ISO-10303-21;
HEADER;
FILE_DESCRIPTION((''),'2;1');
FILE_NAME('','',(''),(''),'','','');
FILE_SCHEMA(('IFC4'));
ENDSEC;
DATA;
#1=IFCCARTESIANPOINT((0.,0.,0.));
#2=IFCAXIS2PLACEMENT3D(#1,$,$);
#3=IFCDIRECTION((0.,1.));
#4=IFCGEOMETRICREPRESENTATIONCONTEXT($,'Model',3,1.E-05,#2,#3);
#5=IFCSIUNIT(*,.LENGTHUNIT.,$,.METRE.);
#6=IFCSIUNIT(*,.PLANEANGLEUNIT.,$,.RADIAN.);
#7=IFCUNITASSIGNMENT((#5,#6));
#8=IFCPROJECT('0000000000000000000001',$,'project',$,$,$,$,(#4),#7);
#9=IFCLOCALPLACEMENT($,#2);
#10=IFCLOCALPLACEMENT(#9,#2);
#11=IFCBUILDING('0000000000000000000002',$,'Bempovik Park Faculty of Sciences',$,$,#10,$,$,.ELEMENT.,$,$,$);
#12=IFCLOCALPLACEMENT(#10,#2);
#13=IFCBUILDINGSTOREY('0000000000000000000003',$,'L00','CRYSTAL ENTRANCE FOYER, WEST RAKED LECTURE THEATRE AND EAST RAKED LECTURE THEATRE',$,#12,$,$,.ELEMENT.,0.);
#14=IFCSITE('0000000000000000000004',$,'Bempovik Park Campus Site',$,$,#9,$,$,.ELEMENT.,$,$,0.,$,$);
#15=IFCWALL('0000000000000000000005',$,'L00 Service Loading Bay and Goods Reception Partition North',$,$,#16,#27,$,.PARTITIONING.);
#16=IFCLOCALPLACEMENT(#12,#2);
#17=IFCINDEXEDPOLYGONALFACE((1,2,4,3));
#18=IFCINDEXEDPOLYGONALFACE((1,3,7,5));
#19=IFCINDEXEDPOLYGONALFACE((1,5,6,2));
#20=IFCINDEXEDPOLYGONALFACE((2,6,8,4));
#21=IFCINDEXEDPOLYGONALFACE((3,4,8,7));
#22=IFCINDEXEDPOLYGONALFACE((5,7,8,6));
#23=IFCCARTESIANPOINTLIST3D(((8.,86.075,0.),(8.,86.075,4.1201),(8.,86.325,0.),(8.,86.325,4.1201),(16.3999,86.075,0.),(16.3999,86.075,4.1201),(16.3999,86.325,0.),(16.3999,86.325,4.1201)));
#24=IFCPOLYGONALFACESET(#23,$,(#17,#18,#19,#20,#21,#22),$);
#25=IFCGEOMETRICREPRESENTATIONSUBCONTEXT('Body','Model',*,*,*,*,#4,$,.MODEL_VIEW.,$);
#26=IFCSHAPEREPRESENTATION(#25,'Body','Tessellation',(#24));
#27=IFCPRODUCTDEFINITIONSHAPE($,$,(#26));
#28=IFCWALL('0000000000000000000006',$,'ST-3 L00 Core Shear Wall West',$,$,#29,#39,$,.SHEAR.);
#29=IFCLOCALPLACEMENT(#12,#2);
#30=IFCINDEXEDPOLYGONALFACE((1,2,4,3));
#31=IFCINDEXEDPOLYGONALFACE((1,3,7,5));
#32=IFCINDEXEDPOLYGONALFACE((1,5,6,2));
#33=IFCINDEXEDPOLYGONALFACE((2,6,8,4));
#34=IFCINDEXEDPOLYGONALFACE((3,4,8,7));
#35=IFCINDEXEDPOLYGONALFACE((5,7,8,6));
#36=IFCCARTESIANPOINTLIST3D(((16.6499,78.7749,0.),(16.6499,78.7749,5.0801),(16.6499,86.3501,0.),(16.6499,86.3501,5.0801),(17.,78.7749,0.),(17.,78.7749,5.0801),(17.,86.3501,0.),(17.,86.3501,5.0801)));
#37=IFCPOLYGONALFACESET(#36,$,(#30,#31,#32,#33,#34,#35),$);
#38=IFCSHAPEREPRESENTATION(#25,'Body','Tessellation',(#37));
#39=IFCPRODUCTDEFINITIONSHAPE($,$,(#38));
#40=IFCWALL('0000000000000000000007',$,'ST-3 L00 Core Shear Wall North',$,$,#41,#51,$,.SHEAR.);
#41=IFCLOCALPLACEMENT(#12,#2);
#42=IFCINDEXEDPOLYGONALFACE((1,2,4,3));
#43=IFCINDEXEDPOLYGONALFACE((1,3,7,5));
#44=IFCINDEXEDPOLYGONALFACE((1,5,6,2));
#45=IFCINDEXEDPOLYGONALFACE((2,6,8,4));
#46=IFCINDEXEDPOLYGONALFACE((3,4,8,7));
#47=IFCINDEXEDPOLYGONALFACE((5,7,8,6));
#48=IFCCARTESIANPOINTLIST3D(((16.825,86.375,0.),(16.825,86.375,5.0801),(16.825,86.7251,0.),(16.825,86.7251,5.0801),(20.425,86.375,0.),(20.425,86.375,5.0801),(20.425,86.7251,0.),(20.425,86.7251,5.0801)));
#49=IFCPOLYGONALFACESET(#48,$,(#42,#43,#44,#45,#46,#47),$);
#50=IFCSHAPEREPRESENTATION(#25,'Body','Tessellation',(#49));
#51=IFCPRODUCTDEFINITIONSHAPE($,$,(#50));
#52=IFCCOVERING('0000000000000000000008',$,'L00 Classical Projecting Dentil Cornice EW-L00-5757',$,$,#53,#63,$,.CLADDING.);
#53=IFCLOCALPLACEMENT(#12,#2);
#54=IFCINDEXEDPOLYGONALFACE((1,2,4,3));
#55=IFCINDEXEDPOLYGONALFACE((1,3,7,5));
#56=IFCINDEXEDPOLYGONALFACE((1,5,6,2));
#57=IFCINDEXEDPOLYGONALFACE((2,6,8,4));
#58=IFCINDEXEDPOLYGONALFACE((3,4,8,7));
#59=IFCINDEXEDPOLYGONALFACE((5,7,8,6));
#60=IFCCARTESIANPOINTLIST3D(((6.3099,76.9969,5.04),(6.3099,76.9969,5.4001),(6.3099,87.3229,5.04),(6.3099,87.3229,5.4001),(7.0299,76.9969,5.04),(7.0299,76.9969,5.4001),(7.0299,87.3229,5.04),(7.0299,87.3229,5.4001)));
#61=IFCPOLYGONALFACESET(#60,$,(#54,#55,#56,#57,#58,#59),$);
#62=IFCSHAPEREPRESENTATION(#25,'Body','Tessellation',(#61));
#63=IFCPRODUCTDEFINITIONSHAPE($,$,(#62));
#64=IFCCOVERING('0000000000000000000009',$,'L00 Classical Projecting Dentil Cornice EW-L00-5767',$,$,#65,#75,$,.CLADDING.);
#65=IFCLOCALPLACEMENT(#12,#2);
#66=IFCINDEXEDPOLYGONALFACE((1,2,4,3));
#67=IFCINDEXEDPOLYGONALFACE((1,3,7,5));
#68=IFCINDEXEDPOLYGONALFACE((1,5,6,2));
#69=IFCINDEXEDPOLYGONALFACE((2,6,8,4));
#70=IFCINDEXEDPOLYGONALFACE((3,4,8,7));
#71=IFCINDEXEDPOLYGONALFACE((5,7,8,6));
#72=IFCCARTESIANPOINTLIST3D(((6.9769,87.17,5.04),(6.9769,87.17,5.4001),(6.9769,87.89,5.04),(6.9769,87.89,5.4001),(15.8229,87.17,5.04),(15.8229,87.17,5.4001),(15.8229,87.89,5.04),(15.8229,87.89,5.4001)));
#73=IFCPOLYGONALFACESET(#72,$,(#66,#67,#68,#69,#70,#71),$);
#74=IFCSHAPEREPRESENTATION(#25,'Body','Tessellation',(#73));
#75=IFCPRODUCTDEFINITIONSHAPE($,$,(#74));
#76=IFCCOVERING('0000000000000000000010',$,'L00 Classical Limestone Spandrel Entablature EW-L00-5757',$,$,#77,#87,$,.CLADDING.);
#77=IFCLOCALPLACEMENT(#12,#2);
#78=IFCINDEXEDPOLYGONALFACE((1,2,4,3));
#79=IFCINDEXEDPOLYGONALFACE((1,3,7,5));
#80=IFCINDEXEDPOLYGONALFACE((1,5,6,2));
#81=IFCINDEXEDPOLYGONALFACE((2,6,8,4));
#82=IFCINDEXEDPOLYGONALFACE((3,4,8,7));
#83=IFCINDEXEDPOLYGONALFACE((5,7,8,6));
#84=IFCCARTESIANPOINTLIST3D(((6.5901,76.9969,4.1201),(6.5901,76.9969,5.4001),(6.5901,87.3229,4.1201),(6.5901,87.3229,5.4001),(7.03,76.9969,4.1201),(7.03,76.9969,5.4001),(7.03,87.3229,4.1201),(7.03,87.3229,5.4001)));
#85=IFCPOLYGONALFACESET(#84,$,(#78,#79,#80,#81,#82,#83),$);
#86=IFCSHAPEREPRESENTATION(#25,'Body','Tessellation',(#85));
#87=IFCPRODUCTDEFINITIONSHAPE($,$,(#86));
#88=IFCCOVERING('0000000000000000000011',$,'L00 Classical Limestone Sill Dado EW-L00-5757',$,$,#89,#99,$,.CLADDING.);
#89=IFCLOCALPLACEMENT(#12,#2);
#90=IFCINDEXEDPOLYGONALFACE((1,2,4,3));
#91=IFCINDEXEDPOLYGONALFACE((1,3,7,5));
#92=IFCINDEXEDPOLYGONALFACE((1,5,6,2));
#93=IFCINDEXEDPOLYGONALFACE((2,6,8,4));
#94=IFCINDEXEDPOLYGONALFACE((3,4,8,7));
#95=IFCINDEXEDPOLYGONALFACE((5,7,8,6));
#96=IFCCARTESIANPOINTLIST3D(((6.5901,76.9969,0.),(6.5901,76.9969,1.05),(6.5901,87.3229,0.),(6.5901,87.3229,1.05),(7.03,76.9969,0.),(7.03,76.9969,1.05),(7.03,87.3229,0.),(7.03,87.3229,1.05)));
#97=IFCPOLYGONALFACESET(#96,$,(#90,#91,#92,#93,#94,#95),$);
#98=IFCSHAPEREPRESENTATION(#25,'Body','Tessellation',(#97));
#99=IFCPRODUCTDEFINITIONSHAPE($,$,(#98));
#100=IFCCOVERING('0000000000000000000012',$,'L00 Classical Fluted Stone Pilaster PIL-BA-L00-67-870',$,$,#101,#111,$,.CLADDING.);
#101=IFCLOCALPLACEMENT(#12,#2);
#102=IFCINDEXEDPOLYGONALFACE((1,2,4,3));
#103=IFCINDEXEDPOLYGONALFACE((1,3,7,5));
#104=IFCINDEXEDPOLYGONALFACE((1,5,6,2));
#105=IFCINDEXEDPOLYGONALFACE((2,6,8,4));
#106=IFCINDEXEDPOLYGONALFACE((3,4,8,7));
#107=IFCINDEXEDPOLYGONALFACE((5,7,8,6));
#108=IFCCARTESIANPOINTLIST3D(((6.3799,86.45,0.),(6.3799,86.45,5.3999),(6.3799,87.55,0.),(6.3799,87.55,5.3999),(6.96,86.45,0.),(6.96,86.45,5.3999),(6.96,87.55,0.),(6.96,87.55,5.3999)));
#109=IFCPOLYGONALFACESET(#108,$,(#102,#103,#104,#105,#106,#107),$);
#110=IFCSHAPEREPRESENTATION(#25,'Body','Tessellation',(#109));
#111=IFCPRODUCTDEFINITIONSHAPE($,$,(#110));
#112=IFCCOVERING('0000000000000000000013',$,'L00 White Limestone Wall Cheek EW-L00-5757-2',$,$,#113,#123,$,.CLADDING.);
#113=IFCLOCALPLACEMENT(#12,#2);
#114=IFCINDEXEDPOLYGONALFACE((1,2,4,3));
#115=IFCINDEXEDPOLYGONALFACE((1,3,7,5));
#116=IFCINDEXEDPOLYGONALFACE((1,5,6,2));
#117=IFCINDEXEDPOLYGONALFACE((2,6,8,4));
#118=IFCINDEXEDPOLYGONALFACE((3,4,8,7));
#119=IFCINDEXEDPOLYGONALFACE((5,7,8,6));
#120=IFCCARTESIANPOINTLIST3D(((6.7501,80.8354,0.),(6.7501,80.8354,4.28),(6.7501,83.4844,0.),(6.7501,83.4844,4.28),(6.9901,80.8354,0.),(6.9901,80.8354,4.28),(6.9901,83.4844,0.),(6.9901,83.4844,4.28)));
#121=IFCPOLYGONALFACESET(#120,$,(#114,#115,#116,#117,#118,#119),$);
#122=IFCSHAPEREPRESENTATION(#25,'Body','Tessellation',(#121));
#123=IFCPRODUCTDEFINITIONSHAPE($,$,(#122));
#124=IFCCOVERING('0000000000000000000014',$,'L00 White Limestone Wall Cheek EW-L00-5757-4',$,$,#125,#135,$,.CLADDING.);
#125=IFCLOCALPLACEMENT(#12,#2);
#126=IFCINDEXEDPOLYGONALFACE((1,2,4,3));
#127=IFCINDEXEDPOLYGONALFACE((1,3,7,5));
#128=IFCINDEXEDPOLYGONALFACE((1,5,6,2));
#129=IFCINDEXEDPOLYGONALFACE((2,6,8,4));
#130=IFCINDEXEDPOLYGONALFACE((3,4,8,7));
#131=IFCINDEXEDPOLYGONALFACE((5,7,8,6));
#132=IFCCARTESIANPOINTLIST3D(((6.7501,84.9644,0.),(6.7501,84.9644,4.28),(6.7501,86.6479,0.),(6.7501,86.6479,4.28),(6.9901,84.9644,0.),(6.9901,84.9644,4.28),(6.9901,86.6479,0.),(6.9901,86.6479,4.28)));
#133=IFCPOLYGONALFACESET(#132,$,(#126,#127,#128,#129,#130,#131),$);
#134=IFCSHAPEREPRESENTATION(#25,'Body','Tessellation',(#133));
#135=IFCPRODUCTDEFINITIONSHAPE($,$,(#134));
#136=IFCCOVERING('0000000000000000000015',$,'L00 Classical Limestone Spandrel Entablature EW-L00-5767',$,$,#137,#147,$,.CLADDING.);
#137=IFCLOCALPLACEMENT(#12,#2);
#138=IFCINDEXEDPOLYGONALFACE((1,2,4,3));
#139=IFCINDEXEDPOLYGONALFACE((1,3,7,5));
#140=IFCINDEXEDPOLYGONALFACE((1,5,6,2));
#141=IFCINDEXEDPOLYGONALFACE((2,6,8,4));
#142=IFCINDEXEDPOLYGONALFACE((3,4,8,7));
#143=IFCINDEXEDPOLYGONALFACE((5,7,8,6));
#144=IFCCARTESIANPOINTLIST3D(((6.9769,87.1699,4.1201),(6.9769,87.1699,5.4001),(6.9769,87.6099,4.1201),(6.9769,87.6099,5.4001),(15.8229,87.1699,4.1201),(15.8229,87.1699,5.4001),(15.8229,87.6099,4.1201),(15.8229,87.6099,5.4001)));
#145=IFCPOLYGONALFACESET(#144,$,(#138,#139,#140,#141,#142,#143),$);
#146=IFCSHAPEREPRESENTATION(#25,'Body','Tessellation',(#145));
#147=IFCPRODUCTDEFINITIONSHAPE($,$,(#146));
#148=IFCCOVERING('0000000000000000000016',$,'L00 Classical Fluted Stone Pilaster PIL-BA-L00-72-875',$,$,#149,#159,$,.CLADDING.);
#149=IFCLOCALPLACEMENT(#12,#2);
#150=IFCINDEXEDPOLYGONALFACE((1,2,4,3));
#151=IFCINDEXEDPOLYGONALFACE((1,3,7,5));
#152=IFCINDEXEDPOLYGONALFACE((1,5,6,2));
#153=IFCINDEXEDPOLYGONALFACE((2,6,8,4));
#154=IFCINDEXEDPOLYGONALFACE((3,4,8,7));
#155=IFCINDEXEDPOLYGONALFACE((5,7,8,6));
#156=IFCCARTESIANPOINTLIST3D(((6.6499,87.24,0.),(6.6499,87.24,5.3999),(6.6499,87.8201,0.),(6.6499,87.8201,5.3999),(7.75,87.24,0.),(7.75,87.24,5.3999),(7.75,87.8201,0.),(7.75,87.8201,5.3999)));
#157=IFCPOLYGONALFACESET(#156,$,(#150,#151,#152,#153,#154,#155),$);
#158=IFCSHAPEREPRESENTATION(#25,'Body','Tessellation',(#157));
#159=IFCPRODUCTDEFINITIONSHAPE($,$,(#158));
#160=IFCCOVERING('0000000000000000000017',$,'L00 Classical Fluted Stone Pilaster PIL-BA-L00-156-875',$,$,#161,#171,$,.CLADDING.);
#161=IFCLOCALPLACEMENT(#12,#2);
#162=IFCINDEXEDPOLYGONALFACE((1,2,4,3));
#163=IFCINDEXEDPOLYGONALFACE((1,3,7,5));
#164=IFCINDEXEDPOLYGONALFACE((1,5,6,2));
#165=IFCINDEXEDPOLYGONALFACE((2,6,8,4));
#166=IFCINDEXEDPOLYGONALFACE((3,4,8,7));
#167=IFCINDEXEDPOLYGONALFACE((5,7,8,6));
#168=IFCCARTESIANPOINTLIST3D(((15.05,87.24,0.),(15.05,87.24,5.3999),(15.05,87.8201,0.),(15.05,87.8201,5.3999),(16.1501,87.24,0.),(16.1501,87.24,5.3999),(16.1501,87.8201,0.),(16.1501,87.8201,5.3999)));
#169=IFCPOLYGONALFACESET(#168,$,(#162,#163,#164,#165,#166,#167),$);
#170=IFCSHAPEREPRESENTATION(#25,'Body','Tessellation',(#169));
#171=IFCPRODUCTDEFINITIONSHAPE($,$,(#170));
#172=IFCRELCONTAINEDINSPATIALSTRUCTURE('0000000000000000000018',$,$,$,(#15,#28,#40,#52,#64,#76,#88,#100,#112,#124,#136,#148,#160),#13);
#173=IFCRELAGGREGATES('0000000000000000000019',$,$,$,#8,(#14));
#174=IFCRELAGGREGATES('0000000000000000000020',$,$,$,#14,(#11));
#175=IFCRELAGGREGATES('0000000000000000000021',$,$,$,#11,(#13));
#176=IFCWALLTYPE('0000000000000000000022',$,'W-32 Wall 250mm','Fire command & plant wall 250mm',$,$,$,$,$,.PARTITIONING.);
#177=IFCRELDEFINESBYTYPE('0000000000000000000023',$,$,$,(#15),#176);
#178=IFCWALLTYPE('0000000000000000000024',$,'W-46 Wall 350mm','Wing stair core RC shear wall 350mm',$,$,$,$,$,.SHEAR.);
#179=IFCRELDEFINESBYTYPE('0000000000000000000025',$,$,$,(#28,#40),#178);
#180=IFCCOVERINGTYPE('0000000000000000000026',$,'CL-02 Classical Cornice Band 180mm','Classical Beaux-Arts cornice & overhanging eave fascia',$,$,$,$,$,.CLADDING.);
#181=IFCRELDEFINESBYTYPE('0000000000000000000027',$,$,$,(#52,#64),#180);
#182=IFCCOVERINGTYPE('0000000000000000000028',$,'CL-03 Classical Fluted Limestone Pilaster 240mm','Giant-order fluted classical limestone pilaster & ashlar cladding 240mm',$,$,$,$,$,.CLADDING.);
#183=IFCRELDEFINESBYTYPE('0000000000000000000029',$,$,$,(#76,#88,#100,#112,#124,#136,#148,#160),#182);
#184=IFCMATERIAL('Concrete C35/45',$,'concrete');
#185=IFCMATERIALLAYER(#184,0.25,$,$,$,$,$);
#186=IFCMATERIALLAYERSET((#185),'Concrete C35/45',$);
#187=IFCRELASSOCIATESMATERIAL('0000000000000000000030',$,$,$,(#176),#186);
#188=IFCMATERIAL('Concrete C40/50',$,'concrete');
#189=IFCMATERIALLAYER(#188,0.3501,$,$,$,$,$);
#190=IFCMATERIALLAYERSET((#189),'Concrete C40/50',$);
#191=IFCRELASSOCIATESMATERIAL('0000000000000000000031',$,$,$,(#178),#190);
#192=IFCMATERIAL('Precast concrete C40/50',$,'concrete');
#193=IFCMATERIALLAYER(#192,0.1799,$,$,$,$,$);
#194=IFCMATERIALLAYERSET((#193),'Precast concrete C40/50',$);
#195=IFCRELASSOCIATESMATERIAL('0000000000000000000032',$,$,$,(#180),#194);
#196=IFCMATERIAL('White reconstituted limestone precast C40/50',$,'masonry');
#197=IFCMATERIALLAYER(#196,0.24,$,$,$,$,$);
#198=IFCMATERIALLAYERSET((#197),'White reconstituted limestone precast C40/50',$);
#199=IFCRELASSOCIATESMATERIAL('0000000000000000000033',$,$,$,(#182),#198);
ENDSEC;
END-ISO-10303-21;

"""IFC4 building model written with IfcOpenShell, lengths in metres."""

from ifc_helpers import new_model, si_unit, direction, frame, frame_2d, origin, origin_2d, place, context, subcontext, project, spatial, rectangle, extrude, material, layer, layer_set, type_object, element, save


model = new_model("IFC4")

# Units and contexts
model_context = context("Model", 3, precision=1e-05, world=origin(), true_north=direction((0.0, 1.0)))
body_context = subcontext(model_context, "Body", "Model", "MODEL_VIEW")
ifc_project = project(units=[si_unit("LENGTHUNIT", "METRE"), si_unit("PLANEANGLEUNIT", "RADIAN")], contexts=[model_context])

# Site, building, storey
site_placement = place(None, origin())
site = spatial("IfcSite", under=ifc_project, at=site_placement, Name="Bempovik Park Campus Site", CompositionType="ELEMENT", RefElevation=0.0)
building_placement = place(site_placement, origin())
building = spatial("IfcBuilding", under=site, at=building_placement, Name="Bempovik Park Faculty of Sciences", CompositionType="ELEMENT")
storey_placement = place(building_placement, origin())
storey = spatial("IfcBuildingStorey", under=building, at=storey_placement, Name="L00", Description="CRYSTAL ENTRANCE FOYER, WEST RAKED LECTURE THEATRE AND EAST RAKED LECTURE THEATRE", CompositionType="ELEMENT", Elevation=0.0)

# Shared definitions
ifc_material_1 = material(Name="Concrete C35/45", Category="concrete")

# Shared definitions
ifc_material_2 = material(Name="Concrete C40/50", Category="concrete")

# Shared definitions
ifc_material_3 = material(Name="Precast concrete C40/50", Category="concrete")

# Walls
ifc_layer_1 = layer(ifc_material_1, 0.25)
ifc_layer_set_1 = layer_set([ifc_layer_1], Name="Concrete C35/45")
wall_type_1 = type_object("IfcWallType", Name="W-32 Wall 250mm", Description="Fire command & plant wall 250mm", PredefinedType="PARTITIONING", material=ifc_layer_set_1)
wall_1_placement = place(storey_placement, frame((8.0, 86.2, 0.0), z_axis=(0.0, 0.0, 1.0), x_axis=(1.0, 0.0, 0.0)))
element("IfcWall", 1, at=wall_1_placement, inside=storey, type_object=wall_type_1, Name="L00 Service Loading Bay and Goods Reception Partition North", PredefinedType="PARTITIONING", context=body_context, shape_type="SweptSolid", body=[
    extrude(rectangle(XDim=8.3999, YDim=0.25, at=frame_2d((4.2, 0.0))), origin(), (0.0, 0.0, 1.0), 4.1201),
])
ifc_layer_2 = layer(ifc_material_2, 0.3501)
ifc_layer_set_2 = layer_set([ifc_layer_2], Name="Concrete C40/50")
wall_type_2 = type_object("IfcWallType", Name="W-46 Wall 350mm", Description="Wing stair core RC shear wall 350mm", PredefinedType="SHEAR", material=ifc_layer_set_2)
wall_2_placement = place(storey_placement, frame((16.825, 78.7749, 0.0), z_axis=(0.0, 0.0, 1.0), x_axis=(0.0, 1.0, 0.0)))
element("IfcWall", 2, at=wall_2_placement, inside=storey, type_object=wall_type_2, Name="ST-3 L00 Core Shear Wall West", PredefinedType="SHEAR", context=body_context, shape_type="SweptSolid", body=[
    extrude(rectangle(XDim=7.5752, YDim=0.3501, at=frame_2d((3.7876, 0.0))), origin(), (0.0, 0.0, 1.0), 5.0801),
])
wall_3_placement = place(storey_placement, frame((16.825, 86.55, 0.0), z_axis=(0.0, 0.0, 1.0), x_axis=(1.0, 0.0, 0.0)))
element("IfcWall", 3, at=wall_3_placement, inside=storey, type_object=wall_type_2, Name="ST-3 L00 Core Shear Wall North", PredefinedType="SHEAR", context=body_context, shape_type="SweptSolid", body=[
    extrude(rectangle(XDim=3.6001, YDim=0.3501, at=frame_2d((1.8, 0.0))), origin(), (0.0, 0.0, 1.0), 5.0801),
])

# Coverings
ifc_layer_3 = layer(ifc_material_3, 0.1799)
ifc_layer_set_3 = layer_set([ifc_layer_3], Name="Precast concrete C40/50")
covering_type_1 = type_object("IfcCoveringType", Name="CL-02 Classical Cornice Band 180mm", Description="Classical Beaux-Arts cornice & overhanging eave fascia", PredefinedType="CLADDING", material=ifc_layer_set_3)
covering_1_placement = place(storey_placement, frame((6.6699, 82.1599, 5.04), z_axis=(0.0, 0.0, 1.0), x_axis=(1.0, 0.0, 0.0)))
element("IfcCovering", 4, at=covering_1_placement, inside=storey, type_object=covering_type_1, Name="L00 Classical Projecting Dentil Cornice EW-L00-5757", PredefinedType="CLADDING", context=body_context, shape_type="SweptSolid", body=[
    extrude(rectangle(XDim=0.72, YDim=10.3259, at=origin_2d()), origin(), (0.0, 0.0, 1.0), 0.3601),
])
covering_2_placement = place(storey_placement, frame((11.3999, 87.53, 5.04), z_axis=(0.0, 0.0, 1.0), x_axis=(1.0, 0.0, 0.0)))
element("IfcCovering", 5, at=covering_2_placement, inside=storey, type_object=covering_type_1, Name="L00 Classical Projecting Dentil Cornice EW-L00-5767", PredefinedType="CLADDING", context=body_context, shape_type="SweptSolid", body=[
    extrude(rectangle(XDim=8.8459, YDim=0.72, at=origin_2d()), origin(), (0.0, 0.0, 1.0), 0.3601),
])
ifc_material_4 = material(Name="White reconstituted limestone precast C40/50", Category="masonry")
ifc_layer_4 = layer(ifc_material_4, 0.24)
ifc_layer_set_4 = layer_set([ifc_layer_4], Name="White reconstituted limestone precast C40/50")
covering_type_2 = type_object("IfcCoveringType", Name="CL-03 Classical Fluted Limestone Pilaster 240mm", Description="Giant-order fluted classical limestone pilaster & ashlar cladding 240mm", PredefinedType="CLADDING", material=ifc_layer_set_4)
covering_3_placement = place(storey_placement, frame((6.8101, 82.1599, 4.1201), z_axis=(0.0, 0.0, 1.0), x_axis=(1.0, 0.0, 0.0)))
element("IfcCovering", 6, at=covering_3_placement, inside=storey, type_object=covering_type_2, Name="L00 Classical Limestone Spandrel Entablature EW-L00-5757", PredefinedType="CLADDING", context=body_context, shape_type="SweptSolid", body=[
    extrude(rectangle(XDim=0.4399, YDim=10.3259, at=origin_2d()), origin(), (0.0, 0.0, 1.0), 1.28),
])
covering_4_placement = place(storey_placement, frame((6.8101, 82.1599, 0.0), z_axis=(0.0, 0.0, 1.0), x_axis=(1.0, 0.0, 0.0)))
element("IfcCovering", 7, at=covering_4_placement, inside=storey, type_object=covering_type_2, Name="L00 Classical Limestone Sill Dado EW-L00-5757", PredefinedType="CLADDING", context=body_context, shape_type="SweptSolid", body=[
    extrude(rectangle(XDim=0.4399, YDim=10.3259, at=origin_2d()), origin(), (0.0, 0.0, 1.0), 1.05),
])
covering_5_placement = place(storey_placement, frame((6.6699, 87.0, 0.0), z_axis=(0.0, 0.0, 1.0), x_axis=(1.0, 0.0, 0.0)))
element("IfcCovering", 8, at=covering_5_placement, inside=storey, type_object=covering_type_2, Name="L00 Classical Fluted Stone Pilaster PIL-BA-L00-67-870", PredefinedType="CLADDING", context=body_context, shape_type="SweptSolid", body=[
    extrude(rectangle(XDim=0.5801, YDim=1.1001, at=origin_2d()), origin(), (0.0, 0.0, 1.0), 5.3999),
])
covering_6_placement = place(storey_placement, frame((6.8701, 82.1599, 0.0), z_axis=(0.0, 0.0, 1.0), x_axis=(1.0, 0.0, 0.0)))
element("IfcCovering", 9, at=covering_6_placement, inside=storey, type_object=covering_type_2, Name="L00 White Limestone Wall Cheek EW-L00-5757-2", PredefinedType="CLADDING", context=body_context, shape_type="SweptSolid", body=[
    extrude(rectangle(XDim=0.24, YDim=2.6489, at=origin_2d()), origin(), (0.0, 0.0, 1.0), 4.28),
])
covering_7_placement = place(storey_placement, frame((6.8701, 85.8062, 0.0), z_axis=(0.0, 0.0, 1.0), x_axis=(1.0, 0.0, 0.0)))
element("IfcCovering", 10, at=covering_7_placement, inside=storey, type_object=covering_type_2, Name="L00 White Limestone Wall Cheek EW-L00-5757-4", PredefinedType="CLADDING", context=body_context, shape_type="SweptSolid", body=[
    extrude(rectangle(XDim=0.24, YDim=1.6836, at=origin_2d()), origin(), (0.0, 0.0, 1.0), 4.28),
])
covering_8_placement = place(storey_placement, frame((11.3999, 87.3899, 4.1201), z_axis=(0.0, 0.0, 1.0), x_axis=(1.0, 0.0, 0.0)))
element("IfcCovering", 11, at=covering_8_placement, inside=storey, type_object=covering_type_2, Name="L00 Classical Limestone Spandrel Entablature EW-L00-5767", PredefinedType="CLADDING", context=body_context, shape_type="SweptSolid", body=[
    extrude(rectangle(XDim=8.8459, YDim=0.4399, at=origin_2d()), origin(), (0.0, 0.0, 1.0), 1.28),
])
for number, where, z_axis, x_axis, name in (
    (12, (7.2, 87.53, 0.0), (0.0, 0.0, 1.0), (1.0, 0.0, 0.0), "L00 Classical Fluted Stone Pilaster PIL-BA-L00-72-875"),
    (13, (15.6001, 87.53, 0.0), (0.0, 0.0, 1.0), (1.0, 0.0, 0.0), "L00 Classical Fluted Stone Pilaster PIL-BA-L00-156-875"),
):
    element("IfcCovering", number, at=place(storey_placement, frame(where, z_axis=z_axis, x_axis=x_axis)), inside=storey, type_object=covering_type_2, Name=name, PredefinedType="CLADDING", context=body_context, shape_type="SweptSolid", body=[
        extrude(rectangle(XDim=1.1001, YDim=0.5801, at=origin_2d()), origin(), (0.0, 0.0, 1.0), 5.3999),
    ])

save(model, "model.ifc")
